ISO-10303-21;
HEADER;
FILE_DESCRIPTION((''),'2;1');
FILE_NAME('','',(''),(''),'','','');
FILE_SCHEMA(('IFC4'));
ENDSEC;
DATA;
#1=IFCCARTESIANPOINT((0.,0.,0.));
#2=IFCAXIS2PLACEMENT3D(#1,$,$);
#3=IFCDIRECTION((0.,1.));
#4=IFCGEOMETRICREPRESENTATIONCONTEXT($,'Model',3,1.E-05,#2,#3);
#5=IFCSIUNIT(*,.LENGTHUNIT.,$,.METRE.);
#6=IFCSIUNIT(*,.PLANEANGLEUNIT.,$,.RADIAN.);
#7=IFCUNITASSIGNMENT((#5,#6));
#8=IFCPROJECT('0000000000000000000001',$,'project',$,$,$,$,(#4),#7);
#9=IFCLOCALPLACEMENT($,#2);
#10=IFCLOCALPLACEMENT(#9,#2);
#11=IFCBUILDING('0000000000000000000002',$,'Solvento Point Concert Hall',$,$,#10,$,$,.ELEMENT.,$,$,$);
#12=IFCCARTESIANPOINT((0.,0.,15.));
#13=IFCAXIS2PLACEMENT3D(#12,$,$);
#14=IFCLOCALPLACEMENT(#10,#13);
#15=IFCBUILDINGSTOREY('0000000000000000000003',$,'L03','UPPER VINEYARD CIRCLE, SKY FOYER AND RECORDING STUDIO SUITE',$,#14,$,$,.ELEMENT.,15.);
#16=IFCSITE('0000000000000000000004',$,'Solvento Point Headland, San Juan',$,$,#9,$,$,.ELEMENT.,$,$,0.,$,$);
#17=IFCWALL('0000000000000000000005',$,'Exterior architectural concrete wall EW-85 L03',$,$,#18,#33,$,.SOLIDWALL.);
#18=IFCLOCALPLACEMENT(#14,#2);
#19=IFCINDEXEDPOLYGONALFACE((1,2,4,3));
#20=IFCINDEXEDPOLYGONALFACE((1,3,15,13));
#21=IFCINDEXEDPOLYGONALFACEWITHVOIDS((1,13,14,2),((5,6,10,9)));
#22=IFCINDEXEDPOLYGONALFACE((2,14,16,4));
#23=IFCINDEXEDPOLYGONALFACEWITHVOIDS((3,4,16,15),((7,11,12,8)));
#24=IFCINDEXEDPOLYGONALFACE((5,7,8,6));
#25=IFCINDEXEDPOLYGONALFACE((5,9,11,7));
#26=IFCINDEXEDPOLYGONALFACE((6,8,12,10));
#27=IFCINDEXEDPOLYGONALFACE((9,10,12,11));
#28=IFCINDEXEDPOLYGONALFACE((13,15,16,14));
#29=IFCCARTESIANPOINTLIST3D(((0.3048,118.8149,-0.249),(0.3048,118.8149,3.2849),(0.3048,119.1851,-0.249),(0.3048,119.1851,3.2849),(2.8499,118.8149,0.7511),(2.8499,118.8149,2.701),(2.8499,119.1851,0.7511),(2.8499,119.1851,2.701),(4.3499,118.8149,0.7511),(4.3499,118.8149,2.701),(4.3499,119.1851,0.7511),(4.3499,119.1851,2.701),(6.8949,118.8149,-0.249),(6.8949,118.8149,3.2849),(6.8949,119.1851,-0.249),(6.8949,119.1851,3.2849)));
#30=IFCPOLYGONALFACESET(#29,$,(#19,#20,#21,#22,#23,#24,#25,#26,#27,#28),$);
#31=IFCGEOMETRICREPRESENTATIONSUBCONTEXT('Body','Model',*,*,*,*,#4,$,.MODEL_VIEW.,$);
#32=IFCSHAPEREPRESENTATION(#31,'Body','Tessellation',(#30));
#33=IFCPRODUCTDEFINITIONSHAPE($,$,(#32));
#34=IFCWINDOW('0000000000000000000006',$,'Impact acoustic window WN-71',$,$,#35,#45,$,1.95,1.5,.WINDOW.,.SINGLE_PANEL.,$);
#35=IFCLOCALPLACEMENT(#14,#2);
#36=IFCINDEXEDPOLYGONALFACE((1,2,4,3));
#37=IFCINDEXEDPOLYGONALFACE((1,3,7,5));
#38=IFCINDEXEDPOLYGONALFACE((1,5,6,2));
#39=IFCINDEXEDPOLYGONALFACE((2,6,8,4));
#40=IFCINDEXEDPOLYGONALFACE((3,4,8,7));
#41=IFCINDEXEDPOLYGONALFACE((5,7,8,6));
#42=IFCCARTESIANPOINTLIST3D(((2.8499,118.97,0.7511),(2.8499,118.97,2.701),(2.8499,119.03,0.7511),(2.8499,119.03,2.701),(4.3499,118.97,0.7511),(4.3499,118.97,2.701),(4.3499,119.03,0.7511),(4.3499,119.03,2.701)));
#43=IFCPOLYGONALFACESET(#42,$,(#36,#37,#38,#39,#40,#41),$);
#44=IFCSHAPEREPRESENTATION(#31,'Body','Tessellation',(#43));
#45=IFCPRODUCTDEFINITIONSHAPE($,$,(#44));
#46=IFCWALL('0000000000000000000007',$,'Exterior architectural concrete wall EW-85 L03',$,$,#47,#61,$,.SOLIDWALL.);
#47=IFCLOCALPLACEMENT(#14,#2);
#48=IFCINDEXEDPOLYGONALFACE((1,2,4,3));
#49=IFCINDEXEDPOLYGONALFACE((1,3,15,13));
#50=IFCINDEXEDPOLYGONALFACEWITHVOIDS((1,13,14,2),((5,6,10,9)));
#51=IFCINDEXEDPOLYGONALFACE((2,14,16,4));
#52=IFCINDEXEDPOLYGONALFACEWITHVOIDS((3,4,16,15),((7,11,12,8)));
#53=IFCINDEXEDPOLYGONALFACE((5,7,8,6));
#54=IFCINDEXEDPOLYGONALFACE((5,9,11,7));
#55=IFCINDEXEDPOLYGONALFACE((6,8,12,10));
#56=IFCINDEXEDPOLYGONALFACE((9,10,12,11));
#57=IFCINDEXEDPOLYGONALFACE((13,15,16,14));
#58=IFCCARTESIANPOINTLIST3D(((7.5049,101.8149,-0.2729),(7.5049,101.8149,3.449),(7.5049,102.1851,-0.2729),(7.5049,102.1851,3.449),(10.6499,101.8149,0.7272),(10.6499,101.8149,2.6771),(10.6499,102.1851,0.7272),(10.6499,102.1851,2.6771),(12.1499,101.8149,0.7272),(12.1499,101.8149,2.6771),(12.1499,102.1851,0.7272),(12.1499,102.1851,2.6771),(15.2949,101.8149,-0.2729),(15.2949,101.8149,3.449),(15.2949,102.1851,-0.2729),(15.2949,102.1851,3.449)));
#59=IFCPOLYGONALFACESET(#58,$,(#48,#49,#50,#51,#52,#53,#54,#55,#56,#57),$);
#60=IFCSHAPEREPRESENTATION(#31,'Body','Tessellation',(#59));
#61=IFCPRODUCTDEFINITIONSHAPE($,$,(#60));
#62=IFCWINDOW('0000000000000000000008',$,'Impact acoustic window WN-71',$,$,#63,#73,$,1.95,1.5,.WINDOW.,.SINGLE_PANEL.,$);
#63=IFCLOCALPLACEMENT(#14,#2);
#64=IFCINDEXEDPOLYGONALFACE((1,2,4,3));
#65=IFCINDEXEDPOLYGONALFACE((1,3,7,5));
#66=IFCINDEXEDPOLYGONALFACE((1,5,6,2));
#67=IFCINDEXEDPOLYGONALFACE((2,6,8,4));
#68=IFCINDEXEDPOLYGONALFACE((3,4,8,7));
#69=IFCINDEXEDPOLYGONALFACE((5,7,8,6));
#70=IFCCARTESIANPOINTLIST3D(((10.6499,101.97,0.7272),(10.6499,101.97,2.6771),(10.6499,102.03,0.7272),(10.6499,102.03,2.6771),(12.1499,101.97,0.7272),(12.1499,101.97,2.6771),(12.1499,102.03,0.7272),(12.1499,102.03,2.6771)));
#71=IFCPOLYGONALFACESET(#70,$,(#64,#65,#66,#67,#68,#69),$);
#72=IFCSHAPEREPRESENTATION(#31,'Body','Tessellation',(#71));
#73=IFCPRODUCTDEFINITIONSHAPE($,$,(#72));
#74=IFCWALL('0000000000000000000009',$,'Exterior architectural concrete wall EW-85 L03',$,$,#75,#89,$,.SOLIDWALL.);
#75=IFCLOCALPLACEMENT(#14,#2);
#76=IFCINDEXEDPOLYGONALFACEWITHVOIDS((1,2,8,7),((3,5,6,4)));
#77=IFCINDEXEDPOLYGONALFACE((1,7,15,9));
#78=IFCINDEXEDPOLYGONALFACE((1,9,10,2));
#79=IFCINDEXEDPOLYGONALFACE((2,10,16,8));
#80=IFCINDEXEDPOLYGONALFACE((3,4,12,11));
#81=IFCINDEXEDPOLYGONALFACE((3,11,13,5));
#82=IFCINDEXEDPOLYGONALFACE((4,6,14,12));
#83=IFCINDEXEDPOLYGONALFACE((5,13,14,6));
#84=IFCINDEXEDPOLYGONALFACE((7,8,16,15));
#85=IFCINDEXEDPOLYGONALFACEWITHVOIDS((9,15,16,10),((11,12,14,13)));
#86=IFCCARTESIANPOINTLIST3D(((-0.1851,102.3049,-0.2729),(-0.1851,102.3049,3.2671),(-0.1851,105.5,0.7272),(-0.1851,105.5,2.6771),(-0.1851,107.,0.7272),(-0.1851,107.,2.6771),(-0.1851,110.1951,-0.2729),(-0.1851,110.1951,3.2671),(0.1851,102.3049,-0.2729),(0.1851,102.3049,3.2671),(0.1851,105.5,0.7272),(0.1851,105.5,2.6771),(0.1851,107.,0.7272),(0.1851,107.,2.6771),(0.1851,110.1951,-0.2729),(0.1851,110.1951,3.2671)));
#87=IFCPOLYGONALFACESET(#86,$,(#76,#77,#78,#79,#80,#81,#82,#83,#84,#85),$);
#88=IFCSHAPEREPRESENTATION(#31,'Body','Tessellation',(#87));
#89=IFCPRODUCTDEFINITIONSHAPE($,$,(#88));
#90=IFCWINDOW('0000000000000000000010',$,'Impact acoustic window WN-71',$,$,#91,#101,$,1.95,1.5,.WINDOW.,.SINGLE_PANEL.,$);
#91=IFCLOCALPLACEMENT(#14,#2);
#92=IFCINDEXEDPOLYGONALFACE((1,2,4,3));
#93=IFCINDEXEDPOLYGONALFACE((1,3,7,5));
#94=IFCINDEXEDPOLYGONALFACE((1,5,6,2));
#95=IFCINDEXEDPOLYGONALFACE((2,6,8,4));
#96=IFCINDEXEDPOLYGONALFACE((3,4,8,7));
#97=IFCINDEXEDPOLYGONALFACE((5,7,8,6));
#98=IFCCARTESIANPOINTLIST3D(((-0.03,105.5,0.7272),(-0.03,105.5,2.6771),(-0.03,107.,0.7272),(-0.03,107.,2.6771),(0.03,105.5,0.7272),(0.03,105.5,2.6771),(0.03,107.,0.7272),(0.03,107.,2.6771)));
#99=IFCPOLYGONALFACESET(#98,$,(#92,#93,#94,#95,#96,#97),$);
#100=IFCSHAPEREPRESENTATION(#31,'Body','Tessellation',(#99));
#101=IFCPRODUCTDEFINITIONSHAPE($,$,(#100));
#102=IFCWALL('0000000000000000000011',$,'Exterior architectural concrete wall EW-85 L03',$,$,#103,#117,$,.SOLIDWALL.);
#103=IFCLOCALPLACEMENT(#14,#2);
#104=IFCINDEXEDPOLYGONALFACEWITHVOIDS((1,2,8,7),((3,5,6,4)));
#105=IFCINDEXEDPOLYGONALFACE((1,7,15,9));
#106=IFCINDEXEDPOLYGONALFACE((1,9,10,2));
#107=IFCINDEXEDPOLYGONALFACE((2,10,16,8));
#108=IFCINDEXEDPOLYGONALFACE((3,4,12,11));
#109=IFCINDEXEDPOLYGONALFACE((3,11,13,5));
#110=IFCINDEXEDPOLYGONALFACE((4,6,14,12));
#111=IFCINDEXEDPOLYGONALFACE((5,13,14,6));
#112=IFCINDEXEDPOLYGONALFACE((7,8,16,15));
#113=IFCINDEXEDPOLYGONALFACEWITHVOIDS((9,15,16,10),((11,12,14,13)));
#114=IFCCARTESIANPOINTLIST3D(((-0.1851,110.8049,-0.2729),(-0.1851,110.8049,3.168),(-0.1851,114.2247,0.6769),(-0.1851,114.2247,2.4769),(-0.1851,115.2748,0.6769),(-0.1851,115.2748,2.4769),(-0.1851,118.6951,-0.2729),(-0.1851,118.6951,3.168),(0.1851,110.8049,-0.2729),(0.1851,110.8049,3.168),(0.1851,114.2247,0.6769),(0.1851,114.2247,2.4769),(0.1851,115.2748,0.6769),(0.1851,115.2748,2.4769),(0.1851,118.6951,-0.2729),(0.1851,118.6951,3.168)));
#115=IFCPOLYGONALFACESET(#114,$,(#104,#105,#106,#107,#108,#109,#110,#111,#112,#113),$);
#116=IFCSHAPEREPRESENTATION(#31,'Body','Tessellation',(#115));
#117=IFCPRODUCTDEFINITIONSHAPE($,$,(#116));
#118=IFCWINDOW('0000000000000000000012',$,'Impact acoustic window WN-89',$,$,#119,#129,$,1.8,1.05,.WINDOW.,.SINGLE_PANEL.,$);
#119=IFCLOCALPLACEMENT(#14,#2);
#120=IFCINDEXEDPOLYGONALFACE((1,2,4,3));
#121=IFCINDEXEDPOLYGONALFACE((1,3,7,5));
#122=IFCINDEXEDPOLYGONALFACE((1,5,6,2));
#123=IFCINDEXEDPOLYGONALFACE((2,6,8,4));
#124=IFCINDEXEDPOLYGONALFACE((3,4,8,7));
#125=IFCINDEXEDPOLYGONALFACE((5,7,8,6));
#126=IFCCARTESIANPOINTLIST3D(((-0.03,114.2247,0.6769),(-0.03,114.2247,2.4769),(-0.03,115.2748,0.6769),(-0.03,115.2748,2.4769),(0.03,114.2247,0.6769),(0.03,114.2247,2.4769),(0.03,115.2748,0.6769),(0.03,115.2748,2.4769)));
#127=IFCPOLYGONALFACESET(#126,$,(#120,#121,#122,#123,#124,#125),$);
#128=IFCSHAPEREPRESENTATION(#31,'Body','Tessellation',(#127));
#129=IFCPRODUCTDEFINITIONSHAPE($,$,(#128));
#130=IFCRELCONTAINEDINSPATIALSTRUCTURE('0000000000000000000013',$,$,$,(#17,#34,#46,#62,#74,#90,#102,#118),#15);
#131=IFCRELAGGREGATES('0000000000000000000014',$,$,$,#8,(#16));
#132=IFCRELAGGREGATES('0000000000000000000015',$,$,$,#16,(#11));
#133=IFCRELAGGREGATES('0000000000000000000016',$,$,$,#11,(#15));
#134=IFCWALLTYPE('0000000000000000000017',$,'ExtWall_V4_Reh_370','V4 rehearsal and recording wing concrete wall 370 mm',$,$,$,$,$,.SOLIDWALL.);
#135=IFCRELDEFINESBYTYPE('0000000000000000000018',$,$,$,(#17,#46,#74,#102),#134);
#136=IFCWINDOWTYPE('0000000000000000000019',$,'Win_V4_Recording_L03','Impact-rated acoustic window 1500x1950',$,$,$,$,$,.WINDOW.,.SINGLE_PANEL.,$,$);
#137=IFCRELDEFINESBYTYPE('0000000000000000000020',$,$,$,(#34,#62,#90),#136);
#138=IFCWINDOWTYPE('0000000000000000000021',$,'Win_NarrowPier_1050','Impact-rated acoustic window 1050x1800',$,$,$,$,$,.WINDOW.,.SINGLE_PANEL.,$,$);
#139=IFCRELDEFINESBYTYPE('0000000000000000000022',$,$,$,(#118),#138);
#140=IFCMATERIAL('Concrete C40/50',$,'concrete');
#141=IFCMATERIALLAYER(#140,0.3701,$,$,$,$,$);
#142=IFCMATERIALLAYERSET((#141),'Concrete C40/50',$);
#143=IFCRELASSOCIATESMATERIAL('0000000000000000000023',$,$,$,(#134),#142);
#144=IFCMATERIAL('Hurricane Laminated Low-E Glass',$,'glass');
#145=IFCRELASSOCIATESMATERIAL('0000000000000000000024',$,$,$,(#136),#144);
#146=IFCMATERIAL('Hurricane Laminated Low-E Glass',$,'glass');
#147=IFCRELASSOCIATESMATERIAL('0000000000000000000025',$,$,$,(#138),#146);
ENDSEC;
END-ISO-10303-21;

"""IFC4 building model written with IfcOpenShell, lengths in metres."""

from ifc_helpers import new_model, si_unit, direction, frame, frame_2d, origin, place, context, subcontext, project, spatial, rectangle, extrude, material, layer, layer_set, type_object, element, fill, save


model = new_model("IFC4")

# Units and contexts
model_context = context("Model", 3, precision=1e-05, world=origin(), true_north=direction((0.0, 1.0)))
body_context = subcontext(model_context, "Body", "Model", "MODEL_VIEW")
ifc_project = project(units=[si_unit("LENGTHUNIT", "METRE"), si_unit("PLANEANGLEUNIT", "RADIAN")], contexts=[model_context])

# Site, building, storey
site_placement = place(None, origin())
site = spatial("IfcSite", under=ifc_project, at=site_placement, Name="Solvento Point Headland, San Juan", CompositionType="ELEMENT", RefElevation=0.0)
building_placement = place(site_placement, origin())
building = spatial("IfcBuilding", under=site, at=building_placement, Name="Solvento Point Concert Hall", CompositionType="ELEMENT")
storey_placement = place(building_placement, frame((0.0, 0.0, 15.0)))
storey = spatial("IfcBuildingStorey", under=building, at=storey_placement, Name="L03", Description="UPPER VINEYARD CIRCLE, SKY FOYER AND RECORDING STUDIO SUITE", CompositionType="ELEMENT", Elevation=15.0)

# Walls, openings, windows
ifc_material_1 = material(Name="Concrete C40/50", Category="concrete")
ifc_layer = layer(ifc_material_1, 0.3701)
ifc_layer_set = layer_set([ifc_layer], Name="Concrete C40/50")
wall_type = type_object("IfcWallType", Name="ExtWall_V4_Reh_370", Description="V4 rehearsal and recording wing concrete wall 370 mm", PredefinedType="SOLIDWALL", material=ifc_layer_set)
wall_1_placement = place(storey_placement, frame((0.3049, 119.0, -0.249), z_axis=(0.0, 0.0, 1.0), x_axis=(1.0, 0.0, 0.0)))
wall_1 = element("IfcWall", 1, at=wall_1_placement, inside=storey, type_object=wall_type, Name="Exterior architectural concrete wall EW-85 L03", PredefinedType="SOLIDWALL", context=body_context, shape_type="SweptSolid", body=[
    extrude(rectangle(XDim=6.5901, YDim=0.3701, at=frame_2d((3.2949, 0.0))), origin(), (0.0, 0.0, 1.0), 3.5339),
])
opening_1_placement = place(wall_1_placement, frame((2.5449, 0.0, 1.0)))
opening_1 = element("IfcOpeningElement", 2, at=opening_1_placement, cuts=wall_1, PredefinedType="OPENING", context=body_context, shape_type="SweptSolid", body=[
    extrude(rectangle(XDim=1.5, YDim=1.95, at=frame_2d((0.75, 0.9751))), frame((0.0, 0.1951, 0.0), z_axis=(0.0, -1.0, 0.0), x_axis=(1.0, 0.0, 0.0)), (0.0, 0.0, 1.0), 0.3901),
])
ifc_material_2 = material(Name="Hurricane Laminated Low-E Glass", Category="glass")
window_type_1 = type_object("IfcWindowType", Name="Win_V4_Recording_L03", Description="Impact-rated acoustic window 1500x1950", PartitioningType="SINGLE_PANEL", PredefinedType="WINDOW", material=ifc_material_2)
window_1_placement = place(opening_1_placement, origin())
window_1 = element("IfcWindow", 3, at=window_1_placement, inside=storey, type_object=window_type_1, Name="Impact acoustic window WN-71", OverallHeight=1.95, OverallWidth=1.5, PartitioningType="SINGLE_PANEL", PredefinedType="WINDOW", context=body_context, shape_type="SweptSolid", body=[
    extrude(rectangle(XDim=1.5, YDim=1.95, at=frame_2d((0.75, 0.9751))), frame((0.0, 0.03, 0.0), z_axis=(0.0, -1.0, 0.0), x_axis=(1.0, 0.0, 0.0)), (0.0, 0.0, 1.0), 0.0601),
])
fill(opening_1, window_1)
wall_2_placement = place(storey_placement, frame((15.2949, 102.0, -0.2729), z_axis=(0.0, 0.0, 1.0), x_axis=(-1.0, 0.0, 0.0)))
wall_2 = element("IfcWall", 4, at=wall_2_placement, inside=storey, type_object=wall_type, Name="Exterior architectural concrete wall EW-85 L03", PredefinedType="SOLIDWALL", context=body_context, shape_type="SweptSolid", body=[
    extrude(rectangle(XDim=7.79, YDim=0.3701, at=frame_2d((3.895, 0.0))), origin(), (0.0, 0.0, 1.0), 3.7219),
])
opening_2_placement = place(wall_2_placement, frame((3.145, 0.0, 1.0)))
opening_2 = element("IfcOpeningElement", 5, at=opening_2_placement, cuts=wall_2, PredefinedType="OPENING", context=body_context, shape_type="SweptSolid", body=[
    extrude(rectangle(XDim=1.5, YDim=1.95, at=frame_2d((0.75, 0.9751))), frame((0.0, 0.1951, 0.0), z_axis=(0.0, -1.0, 0.0), x_axis=(1.0, 0.0, 0.0)), (0.0, 0.0, 1.0), 0.3901),
])
window_2_placement = place(opening_2_placement, origin())
window_2 = element("IfcWindow", 6, at=window_2_placement, inside=storey, type_object=window_type_1, Name="Impact acoustic window WN-71", OverallHeight=1.95, OverallWidth=1.5, PartitioningType="SINGLE_PANEL", PredefinedType="WINDOW", context=body_context, shape_type="SweptSolid", body=[
    extrude(rectangle(XDim=1.5, YDim=1.95, at=frame_2d((0.75, 0.9751))), frame((0.0, 0.03, 0.0), z_axis=(0.0, -1.0, 0.0), x_axis=(1.0, 0.0, 0.0)), (0.0, 0.0, 1.0), 0.0601),
])
fill(opening_2, window_2)
wall_3_placement = place(storey_placement, frame((0.0, 102.3049, -0.2729), z_axis=(0.0, 0.0, 1.0), x_axis=(0.0, 1.0, 0.0)))
wall_3 = element("IfcWall", 7, at=wall_3_placement, inside=storey, type_object=wall_type, Name="Exterior architectural concrete wall EW-85 L03", PredefinedType="SOLIDWALL", context=body_context, shape_type="SweptSolid", body=[
    extrude(rectangle(XDim=7.8901, YDim=0.3701, at=frame_2d((3.9451, 0.0))), origin(), (0.0, 0.0, 1.0), 3.54),
])
opening_3_placement = place(wall_3_placement, frame((3.1951, 0.0, 1.0)))
opening_3 = element("IfcOpeningElement", 8, at=opening_3_placement, cuts=wall_3, PredefinedType="OPENING", context=body_context, shape_type="SweptSolid", body=[
    extrude(rectangle(XDim=1.5, YDim=1.95, at=frame_2d((0.75, 0.9751))), frame((0.0, 0.1951, 0.0), z_axis=(0.0, -1.0, 0.0), x_axis=(1.0, 0.0, 0.0)), (0.0, 0.0, 1.0), 0.3901),
])
window_3_placement = place(opening_3_placement, origin())
window_3 = element("IfcWindow", 9, at=window_3_placement, inside=storey, type_object=window_type_1, Name="Impact acoustic window WN-71", OverallHeight=1.95, OverallWidth=1.5, PartitioningType="SINGLE_PANEL", PredefinedType="WINDOW", context=body_context, shape_type="SweptSolid", body=[
    extrude(rectangle(XDim=1.5, YDim=1.95, at=frame_2d((0.75, 0.9751))), frame((0.0, 0.03, 0.0), z_axis=(0.0, -1.0, 0.0), x_axis=(1.0, 0.0, 0.0)), (0.0, 0.0, 1.0), 0.0601),
])
fill(opening_3, window_3)
wall_4_placement = place(storey_placement, frame((0.0, 110.8049, -0.2729), z_axis=(0.0, 0.0, 1.0), x_axis=(0.0, 1.0, 0.0)))
wall_4 = element("IfcWall", 10, at=wall_4_placement, inside=storey, type_object=wall_type, Name="Exterior architectural concrete wall EW-85 L03", PredefinedType="SOLIDWALL", context=body_context, shape_type="SweptSolid", body=[
    extrude(rectangle(XDim=7.8901, YDim=0.3701, at=frame_2d((3.9451, 0.0))), origin(), (0.0, 0.0, 1.0), 3.4409),
])
opening_4_placement = place(wall_4_placement, frame((3.4199, 0.0, 0.95)))
opening_4 = element("IfcOpeningElement", 11, at=opening_4_placement, cuts=wall_4, PredefinedType="OPENING", context=body_context, shape_type="SweptSolid", body=[
    extrude(rectangle(XDim=1.05, YDim=1.8, at=frame_2d((0.5249, 0.8999))), frame((0.0, 0.1951, 0.0), z_axis=(0.0, -1.0, 0.0), x_axis=(1.0, 0.0, 0.0)), (0.0, 0.0, 1.0), 0.3901),
])
ifc_material_3 = material(Name="Hurricane Laminated Low-E Glass", Category="glass")
window_type_2 = type_object("IfcWindowType", Name="Win_NarrowPier_1050", Description="Impact-rated acoustic window 1050x1800", PartitioningType="SINGLE_PANEL", PredefinedType="WINDOW", material=ifc_material_3)
window_4_placement = place(opening_4_placement, origin())
window_4 = element("IfcWindow", 12, at=window_4_placement, inside=storey, type_object=window_type_2, Name="Impact acoustic window WN-89", OverallHeight=1.8, OverallWidth=1.05, PartitioningType="SINGLE_PANEL", PredefinedType="WINDOW", context=body_context, shape_type="SweptSolid", body=[
    extrude(rectangle(XDim=1.05, YDim=1.8, at=frame_2d((0.5249, 0.8999))), frame((0.0, 0.03, 0.0), z_axis=(0.0, -1.0, 0.0), x_axis=(1.0, 0.0, 0.0)), (0.0, 0.0, 1.0), 0.0601),
])
fill(opening_4, window_4)

save(model, "model.ifc")
